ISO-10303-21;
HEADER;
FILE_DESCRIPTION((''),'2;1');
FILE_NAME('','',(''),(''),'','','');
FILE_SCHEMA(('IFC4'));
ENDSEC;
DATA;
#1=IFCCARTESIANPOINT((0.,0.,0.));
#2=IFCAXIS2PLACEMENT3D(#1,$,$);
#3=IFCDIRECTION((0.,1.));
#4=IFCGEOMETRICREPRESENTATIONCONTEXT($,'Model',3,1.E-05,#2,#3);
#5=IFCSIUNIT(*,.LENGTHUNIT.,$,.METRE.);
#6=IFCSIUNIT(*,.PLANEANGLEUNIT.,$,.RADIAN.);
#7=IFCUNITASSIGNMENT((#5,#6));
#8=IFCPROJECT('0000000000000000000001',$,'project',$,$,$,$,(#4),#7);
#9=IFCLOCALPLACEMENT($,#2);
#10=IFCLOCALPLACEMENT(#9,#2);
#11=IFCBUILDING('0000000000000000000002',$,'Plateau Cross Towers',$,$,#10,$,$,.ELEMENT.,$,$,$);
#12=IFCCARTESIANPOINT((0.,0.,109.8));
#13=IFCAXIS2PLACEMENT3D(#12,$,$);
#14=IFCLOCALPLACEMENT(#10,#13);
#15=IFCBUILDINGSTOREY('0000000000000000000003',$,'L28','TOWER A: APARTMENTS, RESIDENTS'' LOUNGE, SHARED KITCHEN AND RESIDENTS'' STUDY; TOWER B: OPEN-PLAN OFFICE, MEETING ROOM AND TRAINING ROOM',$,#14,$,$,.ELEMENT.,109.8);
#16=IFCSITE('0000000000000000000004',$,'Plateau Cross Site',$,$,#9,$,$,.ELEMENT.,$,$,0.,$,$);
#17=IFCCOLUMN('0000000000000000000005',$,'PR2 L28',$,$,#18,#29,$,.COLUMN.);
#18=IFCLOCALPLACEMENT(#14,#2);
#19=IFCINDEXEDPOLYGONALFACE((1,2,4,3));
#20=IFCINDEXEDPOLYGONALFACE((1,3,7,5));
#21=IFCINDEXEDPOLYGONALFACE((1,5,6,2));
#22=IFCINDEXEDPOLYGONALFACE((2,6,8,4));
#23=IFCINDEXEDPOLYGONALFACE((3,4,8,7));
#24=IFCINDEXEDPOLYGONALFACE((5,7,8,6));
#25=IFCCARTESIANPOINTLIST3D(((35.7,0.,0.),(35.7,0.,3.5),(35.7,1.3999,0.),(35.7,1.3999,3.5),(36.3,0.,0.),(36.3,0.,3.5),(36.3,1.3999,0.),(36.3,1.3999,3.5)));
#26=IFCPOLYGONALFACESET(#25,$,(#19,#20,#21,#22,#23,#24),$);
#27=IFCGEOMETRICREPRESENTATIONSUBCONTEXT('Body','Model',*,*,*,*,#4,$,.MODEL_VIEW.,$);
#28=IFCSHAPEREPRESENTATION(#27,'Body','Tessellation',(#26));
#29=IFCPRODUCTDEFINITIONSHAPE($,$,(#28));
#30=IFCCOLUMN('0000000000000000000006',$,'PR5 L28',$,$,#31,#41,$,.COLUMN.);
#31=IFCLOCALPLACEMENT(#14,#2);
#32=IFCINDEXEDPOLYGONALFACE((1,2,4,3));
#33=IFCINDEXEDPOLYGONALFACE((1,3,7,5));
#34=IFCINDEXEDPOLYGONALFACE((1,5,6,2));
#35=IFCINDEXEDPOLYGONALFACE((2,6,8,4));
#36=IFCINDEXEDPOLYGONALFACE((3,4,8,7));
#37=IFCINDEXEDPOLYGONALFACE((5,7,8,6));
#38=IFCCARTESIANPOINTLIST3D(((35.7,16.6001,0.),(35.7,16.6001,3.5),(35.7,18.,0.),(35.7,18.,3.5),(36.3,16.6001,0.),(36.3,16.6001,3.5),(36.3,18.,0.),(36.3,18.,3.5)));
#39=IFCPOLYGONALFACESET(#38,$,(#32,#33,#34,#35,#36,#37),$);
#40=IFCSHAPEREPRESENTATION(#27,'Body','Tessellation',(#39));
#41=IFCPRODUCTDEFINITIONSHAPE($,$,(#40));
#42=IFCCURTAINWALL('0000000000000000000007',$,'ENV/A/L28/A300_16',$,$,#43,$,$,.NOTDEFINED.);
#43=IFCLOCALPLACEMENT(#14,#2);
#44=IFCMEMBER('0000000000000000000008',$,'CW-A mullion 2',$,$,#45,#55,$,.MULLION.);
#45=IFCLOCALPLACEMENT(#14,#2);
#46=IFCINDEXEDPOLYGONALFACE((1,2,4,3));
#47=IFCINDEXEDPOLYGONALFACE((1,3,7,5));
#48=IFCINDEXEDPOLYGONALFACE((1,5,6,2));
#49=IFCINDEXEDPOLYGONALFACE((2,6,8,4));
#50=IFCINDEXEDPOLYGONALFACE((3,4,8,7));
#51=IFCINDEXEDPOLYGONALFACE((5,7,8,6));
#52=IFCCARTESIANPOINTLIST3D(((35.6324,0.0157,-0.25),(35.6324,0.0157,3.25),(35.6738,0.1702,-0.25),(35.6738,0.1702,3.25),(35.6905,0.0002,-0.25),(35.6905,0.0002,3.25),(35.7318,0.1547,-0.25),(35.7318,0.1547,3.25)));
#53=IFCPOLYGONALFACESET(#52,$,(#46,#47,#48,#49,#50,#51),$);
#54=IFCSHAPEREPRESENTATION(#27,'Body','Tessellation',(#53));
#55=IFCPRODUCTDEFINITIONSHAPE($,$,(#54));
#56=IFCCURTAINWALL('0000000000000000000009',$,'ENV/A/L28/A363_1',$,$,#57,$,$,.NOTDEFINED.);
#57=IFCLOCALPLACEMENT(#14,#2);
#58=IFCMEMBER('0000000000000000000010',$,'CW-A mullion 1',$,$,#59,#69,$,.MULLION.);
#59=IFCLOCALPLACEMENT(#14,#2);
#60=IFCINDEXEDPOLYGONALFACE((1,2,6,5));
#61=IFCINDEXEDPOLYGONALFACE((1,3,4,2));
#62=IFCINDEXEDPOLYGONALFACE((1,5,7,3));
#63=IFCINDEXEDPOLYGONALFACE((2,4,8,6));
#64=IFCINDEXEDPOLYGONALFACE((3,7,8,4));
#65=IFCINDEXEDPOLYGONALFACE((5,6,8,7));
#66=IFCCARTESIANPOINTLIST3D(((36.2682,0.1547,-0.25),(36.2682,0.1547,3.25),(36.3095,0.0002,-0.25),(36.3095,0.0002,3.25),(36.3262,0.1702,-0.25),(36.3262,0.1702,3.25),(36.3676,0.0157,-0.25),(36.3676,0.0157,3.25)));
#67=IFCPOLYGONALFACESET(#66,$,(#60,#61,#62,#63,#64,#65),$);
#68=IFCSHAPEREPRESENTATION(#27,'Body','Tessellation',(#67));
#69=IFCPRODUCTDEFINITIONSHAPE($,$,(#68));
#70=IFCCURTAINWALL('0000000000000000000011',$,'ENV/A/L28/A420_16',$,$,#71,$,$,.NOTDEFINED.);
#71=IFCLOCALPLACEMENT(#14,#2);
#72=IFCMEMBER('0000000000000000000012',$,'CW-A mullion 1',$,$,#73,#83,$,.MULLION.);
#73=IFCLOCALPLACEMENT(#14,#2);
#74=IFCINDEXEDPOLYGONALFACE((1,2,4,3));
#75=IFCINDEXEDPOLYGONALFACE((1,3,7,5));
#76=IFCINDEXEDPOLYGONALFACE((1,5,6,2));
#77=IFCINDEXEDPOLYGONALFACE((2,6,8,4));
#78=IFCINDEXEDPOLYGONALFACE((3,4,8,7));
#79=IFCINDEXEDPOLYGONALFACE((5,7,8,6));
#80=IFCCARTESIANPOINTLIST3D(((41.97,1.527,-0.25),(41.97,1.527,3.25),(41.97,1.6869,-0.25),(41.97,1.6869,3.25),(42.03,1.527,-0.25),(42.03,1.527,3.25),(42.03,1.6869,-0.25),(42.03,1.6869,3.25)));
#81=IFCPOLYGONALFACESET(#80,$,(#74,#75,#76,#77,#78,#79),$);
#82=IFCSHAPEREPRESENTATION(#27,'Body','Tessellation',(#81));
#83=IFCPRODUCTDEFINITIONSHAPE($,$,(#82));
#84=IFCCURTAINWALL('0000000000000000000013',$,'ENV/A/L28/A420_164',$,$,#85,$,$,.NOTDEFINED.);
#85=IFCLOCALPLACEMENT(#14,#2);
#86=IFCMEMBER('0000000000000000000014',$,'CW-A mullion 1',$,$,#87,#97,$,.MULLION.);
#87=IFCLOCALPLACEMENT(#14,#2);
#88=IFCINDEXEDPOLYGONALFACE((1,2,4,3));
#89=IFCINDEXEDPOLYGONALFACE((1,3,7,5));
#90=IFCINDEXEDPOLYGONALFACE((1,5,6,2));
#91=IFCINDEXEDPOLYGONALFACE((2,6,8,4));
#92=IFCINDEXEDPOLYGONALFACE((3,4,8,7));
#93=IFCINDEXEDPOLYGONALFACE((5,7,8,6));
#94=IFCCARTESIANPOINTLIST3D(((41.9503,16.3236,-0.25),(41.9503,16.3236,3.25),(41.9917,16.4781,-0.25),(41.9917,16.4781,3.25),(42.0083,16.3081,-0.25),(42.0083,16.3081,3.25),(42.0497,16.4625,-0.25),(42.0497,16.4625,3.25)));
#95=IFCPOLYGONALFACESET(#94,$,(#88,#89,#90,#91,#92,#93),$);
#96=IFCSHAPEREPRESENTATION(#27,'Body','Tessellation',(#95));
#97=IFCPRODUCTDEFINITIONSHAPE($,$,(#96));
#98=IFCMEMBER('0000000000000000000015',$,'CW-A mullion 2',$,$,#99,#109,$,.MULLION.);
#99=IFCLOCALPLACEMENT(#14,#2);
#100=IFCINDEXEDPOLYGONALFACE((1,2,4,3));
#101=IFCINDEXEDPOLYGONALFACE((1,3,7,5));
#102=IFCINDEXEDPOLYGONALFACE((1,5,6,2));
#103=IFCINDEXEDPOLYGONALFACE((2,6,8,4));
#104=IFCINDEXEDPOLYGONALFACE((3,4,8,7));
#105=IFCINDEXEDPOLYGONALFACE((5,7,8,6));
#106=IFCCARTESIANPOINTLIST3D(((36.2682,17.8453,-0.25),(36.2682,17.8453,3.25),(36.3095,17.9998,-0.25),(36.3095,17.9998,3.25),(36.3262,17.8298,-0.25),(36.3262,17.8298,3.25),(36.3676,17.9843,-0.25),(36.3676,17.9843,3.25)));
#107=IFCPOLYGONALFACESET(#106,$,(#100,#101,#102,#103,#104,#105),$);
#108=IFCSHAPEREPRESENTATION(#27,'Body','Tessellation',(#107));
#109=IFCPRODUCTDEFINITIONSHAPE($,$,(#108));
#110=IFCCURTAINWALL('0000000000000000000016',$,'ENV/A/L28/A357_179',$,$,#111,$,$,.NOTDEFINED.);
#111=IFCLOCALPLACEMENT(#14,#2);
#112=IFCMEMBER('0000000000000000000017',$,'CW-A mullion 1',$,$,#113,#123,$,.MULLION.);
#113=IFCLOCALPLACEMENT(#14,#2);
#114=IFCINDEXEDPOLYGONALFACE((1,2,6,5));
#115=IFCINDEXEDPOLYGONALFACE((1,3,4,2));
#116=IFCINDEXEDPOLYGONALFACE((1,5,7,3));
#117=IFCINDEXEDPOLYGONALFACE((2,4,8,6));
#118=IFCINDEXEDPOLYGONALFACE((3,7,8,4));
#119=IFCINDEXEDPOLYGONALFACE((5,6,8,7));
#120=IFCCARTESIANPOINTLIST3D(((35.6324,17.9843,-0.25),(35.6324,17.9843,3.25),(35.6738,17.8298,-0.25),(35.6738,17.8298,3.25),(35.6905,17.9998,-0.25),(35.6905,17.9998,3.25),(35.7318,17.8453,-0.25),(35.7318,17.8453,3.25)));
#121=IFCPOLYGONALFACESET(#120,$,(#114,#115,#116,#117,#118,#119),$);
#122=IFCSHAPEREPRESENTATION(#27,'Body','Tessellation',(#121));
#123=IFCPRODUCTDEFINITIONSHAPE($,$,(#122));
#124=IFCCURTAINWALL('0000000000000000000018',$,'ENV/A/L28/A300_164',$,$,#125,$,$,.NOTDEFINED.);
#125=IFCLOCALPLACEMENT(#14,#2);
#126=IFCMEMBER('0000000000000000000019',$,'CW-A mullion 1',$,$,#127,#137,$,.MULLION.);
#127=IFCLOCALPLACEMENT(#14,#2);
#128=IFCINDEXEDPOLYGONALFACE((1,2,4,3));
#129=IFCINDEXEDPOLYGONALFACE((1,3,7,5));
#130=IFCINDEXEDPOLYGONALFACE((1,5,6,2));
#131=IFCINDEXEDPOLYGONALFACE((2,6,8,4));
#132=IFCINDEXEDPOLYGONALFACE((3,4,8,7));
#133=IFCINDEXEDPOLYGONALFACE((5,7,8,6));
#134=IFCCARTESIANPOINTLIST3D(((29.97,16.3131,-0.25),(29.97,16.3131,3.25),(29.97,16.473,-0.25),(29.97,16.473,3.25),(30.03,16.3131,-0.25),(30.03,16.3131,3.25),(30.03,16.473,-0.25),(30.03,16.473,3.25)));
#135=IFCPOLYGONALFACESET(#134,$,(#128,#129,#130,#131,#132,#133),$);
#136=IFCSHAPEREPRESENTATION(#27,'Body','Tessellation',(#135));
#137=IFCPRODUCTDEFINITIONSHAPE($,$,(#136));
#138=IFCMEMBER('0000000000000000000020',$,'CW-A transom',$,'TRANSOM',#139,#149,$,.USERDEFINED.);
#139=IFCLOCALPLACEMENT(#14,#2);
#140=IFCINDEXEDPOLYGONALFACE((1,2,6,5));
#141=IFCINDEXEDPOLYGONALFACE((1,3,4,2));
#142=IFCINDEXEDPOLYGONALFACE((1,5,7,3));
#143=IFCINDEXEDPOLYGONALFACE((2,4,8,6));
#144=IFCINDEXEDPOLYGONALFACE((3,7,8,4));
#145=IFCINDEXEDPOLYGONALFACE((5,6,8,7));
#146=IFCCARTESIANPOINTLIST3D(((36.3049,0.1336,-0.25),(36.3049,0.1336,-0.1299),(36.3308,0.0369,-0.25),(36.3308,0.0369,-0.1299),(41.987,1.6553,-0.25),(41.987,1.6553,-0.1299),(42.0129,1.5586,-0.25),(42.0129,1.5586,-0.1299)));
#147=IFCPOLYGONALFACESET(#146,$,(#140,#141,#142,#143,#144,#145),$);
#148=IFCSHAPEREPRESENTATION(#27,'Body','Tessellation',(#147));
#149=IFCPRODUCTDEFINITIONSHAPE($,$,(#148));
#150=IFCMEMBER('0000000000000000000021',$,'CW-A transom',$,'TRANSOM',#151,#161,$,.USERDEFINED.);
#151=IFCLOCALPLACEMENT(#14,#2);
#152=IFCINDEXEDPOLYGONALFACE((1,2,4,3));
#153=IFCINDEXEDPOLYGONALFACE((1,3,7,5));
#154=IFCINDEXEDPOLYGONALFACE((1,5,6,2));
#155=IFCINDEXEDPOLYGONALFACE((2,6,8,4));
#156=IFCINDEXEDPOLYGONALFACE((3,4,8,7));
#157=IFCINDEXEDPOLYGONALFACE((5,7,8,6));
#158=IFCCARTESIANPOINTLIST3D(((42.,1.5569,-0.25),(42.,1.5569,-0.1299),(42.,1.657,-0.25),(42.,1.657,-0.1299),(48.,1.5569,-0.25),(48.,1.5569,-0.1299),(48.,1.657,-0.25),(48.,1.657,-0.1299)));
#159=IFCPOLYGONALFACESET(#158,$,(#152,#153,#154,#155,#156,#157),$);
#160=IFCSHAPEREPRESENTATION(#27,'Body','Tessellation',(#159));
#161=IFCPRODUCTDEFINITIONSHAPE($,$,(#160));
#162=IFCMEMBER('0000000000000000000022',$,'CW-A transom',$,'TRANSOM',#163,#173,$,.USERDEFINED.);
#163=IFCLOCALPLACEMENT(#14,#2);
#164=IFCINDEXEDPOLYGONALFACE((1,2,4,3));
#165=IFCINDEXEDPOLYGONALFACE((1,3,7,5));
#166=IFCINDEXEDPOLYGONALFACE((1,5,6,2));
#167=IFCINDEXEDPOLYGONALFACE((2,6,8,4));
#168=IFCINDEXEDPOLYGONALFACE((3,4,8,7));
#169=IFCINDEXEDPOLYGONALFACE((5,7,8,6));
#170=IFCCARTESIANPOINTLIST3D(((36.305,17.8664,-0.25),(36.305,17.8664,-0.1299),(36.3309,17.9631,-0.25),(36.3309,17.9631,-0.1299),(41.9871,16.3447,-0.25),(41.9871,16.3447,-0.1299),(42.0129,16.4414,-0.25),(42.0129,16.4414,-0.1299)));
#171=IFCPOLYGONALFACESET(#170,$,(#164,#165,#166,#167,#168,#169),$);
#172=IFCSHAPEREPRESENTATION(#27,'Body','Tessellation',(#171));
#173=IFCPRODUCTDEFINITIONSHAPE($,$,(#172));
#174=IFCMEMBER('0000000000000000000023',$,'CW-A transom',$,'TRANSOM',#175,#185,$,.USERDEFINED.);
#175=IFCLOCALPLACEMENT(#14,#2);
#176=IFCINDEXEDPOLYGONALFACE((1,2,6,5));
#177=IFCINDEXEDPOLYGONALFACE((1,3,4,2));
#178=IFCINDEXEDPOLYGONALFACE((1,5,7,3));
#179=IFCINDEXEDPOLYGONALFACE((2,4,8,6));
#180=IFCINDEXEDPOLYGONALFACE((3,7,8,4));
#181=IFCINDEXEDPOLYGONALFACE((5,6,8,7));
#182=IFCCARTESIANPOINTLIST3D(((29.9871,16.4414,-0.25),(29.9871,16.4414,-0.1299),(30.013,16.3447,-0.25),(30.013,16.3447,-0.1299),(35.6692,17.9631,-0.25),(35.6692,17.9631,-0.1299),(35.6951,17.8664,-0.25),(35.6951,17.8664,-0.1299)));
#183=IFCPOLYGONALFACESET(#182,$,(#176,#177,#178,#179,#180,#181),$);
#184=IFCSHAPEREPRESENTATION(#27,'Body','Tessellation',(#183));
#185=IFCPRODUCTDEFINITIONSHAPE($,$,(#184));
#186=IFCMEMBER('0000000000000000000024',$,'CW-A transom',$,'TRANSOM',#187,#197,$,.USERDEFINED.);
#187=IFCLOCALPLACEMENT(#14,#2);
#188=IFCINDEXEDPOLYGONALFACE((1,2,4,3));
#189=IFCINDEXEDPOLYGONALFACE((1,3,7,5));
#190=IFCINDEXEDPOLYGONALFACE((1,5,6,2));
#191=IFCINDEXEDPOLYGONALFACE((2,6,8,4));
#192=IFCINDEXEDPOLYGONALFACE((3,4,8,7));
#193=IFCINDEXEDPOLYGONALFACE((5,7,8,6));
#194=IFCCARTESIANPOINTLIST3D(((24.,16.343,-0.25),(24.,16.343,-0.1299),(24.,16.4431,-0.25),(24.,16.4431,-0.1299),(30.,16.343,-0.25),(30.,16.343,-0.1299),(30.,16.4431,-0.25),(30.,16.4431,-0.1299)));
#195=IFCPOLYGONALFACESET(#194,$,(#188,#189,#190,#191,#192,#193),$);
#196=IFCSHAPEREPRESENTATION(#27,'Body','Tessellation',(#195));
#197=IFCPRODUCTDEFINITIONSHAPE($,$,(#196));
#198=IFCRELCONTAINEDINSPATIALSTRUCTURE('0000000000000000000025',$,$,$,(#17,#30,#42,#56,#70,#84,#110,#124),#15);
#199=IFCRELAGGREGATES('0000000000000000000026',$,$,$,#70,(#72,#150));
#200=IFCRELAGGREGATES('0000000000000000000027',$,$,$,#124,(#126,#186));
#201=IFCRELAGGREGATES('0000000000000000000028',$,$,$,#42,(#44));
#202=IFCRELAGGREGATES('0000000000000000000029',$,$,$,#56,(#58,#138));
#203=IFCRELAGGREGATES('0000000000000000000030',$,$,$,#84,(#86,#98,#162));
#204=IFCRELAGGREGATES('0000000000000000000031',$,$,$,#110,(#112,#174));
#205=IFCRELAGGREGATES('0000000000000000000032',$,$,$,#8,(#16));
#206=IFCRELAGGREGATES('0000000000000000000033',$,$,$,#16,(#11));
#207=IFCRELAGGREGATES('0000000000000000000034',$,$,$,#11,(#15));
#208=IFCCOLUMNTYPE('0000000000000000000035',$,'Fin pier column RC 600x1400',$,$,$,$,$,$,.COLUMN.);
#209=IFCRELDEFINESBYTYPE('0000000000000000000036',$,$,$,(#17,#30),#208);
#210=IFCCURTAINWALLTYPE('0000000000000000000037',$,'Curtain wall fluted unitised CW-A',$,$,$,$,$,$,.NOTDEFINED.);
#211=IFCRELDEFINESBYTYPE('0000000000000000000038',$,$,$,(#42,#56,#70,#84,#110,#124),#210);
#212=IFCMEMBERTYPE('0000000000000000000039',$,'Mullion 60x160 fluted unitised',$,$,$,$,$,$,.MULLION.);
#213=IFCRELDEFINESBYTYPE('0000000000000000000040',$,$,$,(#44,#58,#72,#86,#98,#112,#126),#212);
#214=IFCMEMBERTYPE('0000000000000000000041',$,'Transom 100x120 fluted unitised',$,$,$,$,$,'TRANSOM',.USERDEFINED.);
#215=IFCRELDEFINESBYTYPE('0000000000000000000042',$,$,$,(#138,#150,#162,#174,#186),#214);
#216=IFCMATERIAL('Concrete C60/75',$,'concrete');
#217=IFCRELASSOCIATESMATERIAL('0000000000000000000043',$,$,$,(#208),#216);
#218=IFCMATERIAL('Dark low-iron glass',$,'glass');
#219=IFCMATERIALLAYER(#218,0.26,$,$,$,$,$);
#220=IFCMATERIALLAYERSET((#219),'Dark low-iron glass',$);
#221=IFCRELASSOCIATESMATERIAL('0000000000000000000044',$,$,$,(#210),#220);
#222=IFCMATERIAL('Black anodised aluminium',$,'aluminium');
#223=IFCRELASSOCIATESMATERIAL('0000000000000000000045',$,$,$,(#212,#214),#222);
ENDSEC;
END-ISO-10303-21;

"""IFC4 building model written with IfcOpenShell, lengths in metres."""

from ifc_helpers import new_model, si_unit, direction, frame, origin, origin_2d, place, context, subcontext, project, spatial, rectangle, extrude, material, layer, layer_set, material_profile, profile_set, type_object, element, aggregate, save


model = new_model("IFC4")

# Units and contexts
model_context = context("Model", 3, precision=1e-05, world=origin(), true_north=direction((0.0, 1.0)))
body_context = subcontext(model_context, "Body", "Model", "MODEL_VIEW")
ifc_project = project(units=[si_unit("LENGTHUNIT", "METRE"), si_unit("PLANEANGLEUNIT", "RADIAN")], contexts=[model_context])

# Site, building, storey
site_placement = place(None, origin())
site = spatial("IfcSite", under=ifc_project, at=site_placement, Name="Plateau Cross Site", CompositionType="ELEMENT", RefElevation=0.0)
building_placement = place(site_placement, origin())
building = spatial("IfcBuilding", under=site, at=building_placement, Name="Plateau Cross Towers", CompositionType="ELEMENT")
storey_placement = place(building_placement, frame((0.0, 0.0, 109.8)))
storey = spatial("IfcBuildingStorey", under=building, at=storey_placement, Name="L28", Description="TOWER A: APARTMENTS, RESIDENTS' LOUNGE, SHARED KITCHEN AND RESIDENTS' STUDY; TOWER B: OPEN-PLAN OFFICE, MEETING ROOM AND TRAINING ROOM", CompositionType="ELEMENT", Elevation=109.8)

# Columns
ifc_material_1 = material(Name="Concrete C60/75", Category="concrete")
ifc_material_profile_1 = material_profile(ifc_material_1, rectangle(XDim=0.6001, YDim=1.3999, at=origin_2d()), Name="RC 600x1400")
ifc_profile_set_1 = profile_set([ifc_material_profile_1], Name="Concrete C60/75")
column_type = type_object("IfcColumnType", Name="Fin pier column RC 600x1400", PredefinedType="COLUMN", material=ifc_profile_set_1)
for number, where, z_axis, x_axis, name in (
    (1, (36.0, 0.7, 0.0), (0.0, 0.0, 1.0), (1.0, 0.0, 0.0), "PR2 L28"),
    (2, (36.0, 17.3, 0.0), (0.0, 0.0, 1.0), (1.0, 0.0, 0.0), "PR5 L28"),
):
    element("IfcColumn", number, at=place(storey_placement, frame(where, z_axis=z_axis, x_axis=x_axis)), inside=storey, type_object=column_type, Name=name, PredefinedType="COLUMN", context=body_context, shape_type="SweptSolid", body=[
        extrude(rectangle(XDim=0.6001, YDim=1.3999, at=origin_2d()), origin(), (0.0, 0.0, 1.0), 3.5),
    ])

# Curtain walls, members
ifc_material_2 = material(Name="Dark low-iron glass", Category="glass")
ifc_layer_1 = layer(ifc_material_2, 0.26)
ifc_layer_set_1 = layer_set([ifc_layer_1], Name="Dark low-iron glass")
curtain_wall_type = type_object("IfcCurtainWallType", Name="Curtain wall fluted unitised CW-A", PredefinedType="NOTDEFINED", material=ifc_layer_set_1)
curtain_wall_1_placement = place(storey_placement, origin())
curtain_wall_1 = element("IfcCurtainWall", 3, at=curtain_wall_1_placement, inside=storey, type_object=curtain_wall_type, Name="ENV/A/L28/A300_16", PredefinedType="NOTDEFINED")
ifc_material_3 = material(Name="Black anodised aluminium", Category="aluminium")
ifc_material_profile_2 = material_profile(ifc_material_3, rectangle(XDim=0.0601, YDim=0.1599, at=origin_2d()), Name="MULLION 60x160")
ifc_profile_set_2 = profile_set([ifc_material_profile_2], Name="Black anodised aluminium")
member_type_1 = type_object("IfcMemberType", Name="Mullion 60x160 fluted unitised", PredefinedType="MULLION", material=ifc_profile_set_2)
member_1_placement = place(storey_placement, frame((35.6821, 0.0852, -0.25), z_axis=(0.0, 0.0, 1.0), x_axis=(0.965958, -0.258699, 0.0)))
member_1 = element("IfcMember", 4, at=member_1_placement, type_object=member_type_1, Name="CW-A mullion 2", PredefinedType="MULLION", context=body_context, shape_type="SweptSolid", body=[
    extrude(rectangle(XDim=0.0601, YDim=0.1599, at=origin_2d()), origin(), (0.0, 0.0, 1.0), 3.5),
])
curtain_wall_2_placement = place(storey_placement, origin())
curtain_wall_2 = element("IfcCurtainWall", 5, at=curtain_wall_2_placement, inside=storey, type_object=curtain_wall_type, Name="ENV/A/L28/A363_1", PredefinedType="NOTDEFINED")
member_2_placement = place(storey_placement, frame((36.3179, 0.0852, -0.25), z_axis=(0.0, 0.0, 1.0), x_axis=(0.965958, 0.258699, 0.0)))
member_2 = element("IfcMember", 6, at=member_2_placement, type_object=member_type_1, Name="CW-A mullion 1", PredefinedType="MULLION", context=body_context, shape_type="SweptSolid", body=[
    extrude(rectangle(XDim=0.0601, YDim=0.1599, at=origin_2d()), origin(), (0.0, 0.0, 1.0), 3.5),
])
curtain_wall_3_placement = place(storey_placement, origin())
curtain_wall_3 = element("IfcCurtainWall", 7, at=curtain_wall_3_placement, inside=storey, type_object=curtain_wall_type, Name="ENV/A/L28/A420_16", PredefinedType="NOTDEFINED")
member_3_placement = place(storey_placement, frame((42.0, 1.6069, -0.25), z_axis=(0.0, 0.0, 1.0), x_axis=(1.0, 0.0, 0.0)))
member_3 = element("IfcMember", 8, at=member_3_placement, type_object=member_type_1, Name="CW-A mullion 1", PredefinedType="MULLION", context=body_context, shape_type="SweptSolid", body=[
    extrude(rectangle(XDim=0.0601, YDim=0.1599, at=origin_2d()), origin(), (0.0, 0.0, 1.0), 3.5),
])

# Curtain wall, members
curtain_wall_4_placement = place(storey_placement, origin())
curtain_wall_4 = element("IfcCurtainWall", 9, at=curtain_wall_4_placement, inside=storey, type_object=curtain_wall_type, Name="ENV/A/L28/A420_164", PredefinedType="NOTDEFINED")
member_4_placement = place(storey_placement, frame((42.0, 16.3931, -0.25), z_axis=(0.0, 0.0, 1.0), x_axis=(-0.965958, 0.258699, 0.0)))
member_4 = element("IfcMember", 10, at=member_4_placement, type_object=member_type_1, Name="CW-A mullion 1", PredefinedType="MULLION", context=body_context, shape_type="SweptSolid", body=[
    extrude(rectangle(XDim=0.0601, YDim=0.1599, at=origin_2d()), origin(), (0.0, 0.0, 1.0), 3.5),
])
member_5_placement = place(storey_placement, frame((36.3179, 17.9148, -0.25), z_axis=(0.0, 0.0, 1.0), x_axis=(-0.965958, 0.258699, 0.0)))
member_5 = element("IfcMember", 11, at=member_5_placement, type_object=member_type_1, Name="CW-A mullion 2", PredefinedType="MULLION", context=body_context, shape_type="SweptSolid", body=[
    extrude(rectangle(XDim=0.0601, YDim=0.1599, at=origin_2d()), origin(), (0.0, 0.0, 1.0), 3.5),
])

# Curtain walls, members
curtain_wall_5_placement = place(storey_placement, origin())
curtain_wall_5 = element("IfcCurtainWall", 12, at=curtain_wall_5_placement, inside=storey, type_object=curtain_wall_type, Name="ENV/A/L28/A357_179", PredefinedType="NOTDEFINED")
member_6_placement = place(storey_placement, frame((35.6821, 17.9148, -0.25), z_axis=(0.0, 0.0, 1.0), x_axis=(-0.965958, -0.258699, 0.0)))
member_6 = element("IfcMember", 13, at=member_6_placement, type_object=member_type_1, Name="CW-A mullion 1", PredefinedType="MULLION", context=body_context, shape_type="SweptSolid", body=[
    extrude(rectangle(XDim=0.0601, YDim=0.1599, at=origin_2d()), origin(), (0.0, 0.0, 1.0), 3.5),
])
curtain_wall_6_placement = place(storey_placement, origin())
curtain_wall_6 = element("IfcCurtainWall", 14, at=curtain_wall_6_placement, inside=storey, type_object=curtain_wall_type, Name="ENV/A/L28/A300_164", PredefinedType="NOTDEFINED")
member_7_placement = place(storey_placement, frame((30.0, 16.3931, -0.25), z_axis=(0.0, 0.0, 1.0), x_axis=(-1.0, 0.0, 0.0)))
member_7 = element("IfcMember", 15, at=member_7_placement, type_object=member_type_1, Name="CW-A mullion 1", PredefinedType="MULLION", context=body_context, shape_type="SweptSolid", body=[
    extrude(rectangle(XDim=0.0601, YDim=0.1599, at=origin_2d()), origin(), (0.0, 0.0, 1.0), 3.5),
])

# Members
ifc_material_profile_3 = material_profile(ifc_material_3, rectangle(XDim=0.1001, YDim=0.1201, at=origin_2d()), Name="TRANSOM 100x120")
ifc_profile_set_3 = profile_set([ifc_material_profile_3], Name="Black anodised aluminium")
member_type_2 = type_object("IfcMemberType", Name="Transom 100x120 fluted unitised", ElementType="TRANSOM", PredefinedType="USERDEFINED", material=ifc_profile_set_3)
member_8_placement = place(storey_placement, frame((36.3179, 0.0852, -0.1899), z_axis=(0.96596, 0.258693, 0.0), x_axis=(-0.258693, 0.96596, 0.0)))
member_8 = element("IfcMember", 16, at=member_8_placement, type_object=member_type_2, Name="CW-A transom", ObjectType="TRANSOM", PredefinedType="USERDEFINED", context=body_context, shape_type="SweptSolid", body=[
    extrude(rectangle(XDim=0.1001, YDim=0.1201, at=origin_2d()), origin(), (0.0, 0.0, 1.0), 5.8823),
])
member_9_placement = place(storey_placement, frame((42.0, 1.6069, -0.1899), z_axis=(1.0, 0.0, 0.0), x_axis=(0.0, 1.0, 0.0)))
member_9 = element("IfcMember", 17, at=member_9_placement, type_object=member_type_2, Name="CW-A transom", ObjectType="TRANSOM", PredefinedType="USERDEFINED", context=body_context, shape_type="SweptSolid", body=[
    extrude(rectangle(XDim=0.1001, YDim=0.1201, at=origin_2d()), origin(), (0.0, 0.0, 1.0), 6.0),
])
aggregate(curtain_wall_3, [member_3, member_9])
member_10_placement = place(storey_placement, frame((42.0, 16.3931, -0.1899), z_axis=(-0.96596, 0.258693, 0.0), x_axis=(-0.258693, -0.96596, 0.0)))
member_10 = element("IfcMember", 18, at=member_10_placement, type_object=member_type_2, Name="CW-A transom", ObjectType="TRANSOM", PredefinedType="USERDEFINED", context=body_context, shape_type="SweptSolid", body=[
    extrude(rectangle(XDim=0.1001, YDim=0.1201, at=origin_2d()), origin(), (0.0, 0.0, 1.0), 5.8823),
])
member_11_placement = place(storey_placement, frame((35.6821, 17.9148, -0.1899), z_axis=(-0.96596, -0.258693, 0.0), x_axis=(0.258693, -0.96596, 0.0)))
member_11 = element("IfcMember", 19, at=member_11_placement, type_object=member_type_2, Name="CW-A transom", ObjectType="TRANSOM", PredefinedType="USERDEFINED", context=body_context, shape_type="SweptSolid", body=[
    extrude(rectangle(XDim=0.1001, YDim=0.1201, at=origin_2d()), origin(), (0.0, 0.0, 1.0), 5.8823),
])
member_12_placement = place(storey_placement, frame((30.0, 16.3931, -0.1899), z_axis=(-1.0, 0.0, 0.0), x_axis=(0.0, -1.0, 0.0)))
member_12 = element("IfcMember", 20, at=member_12_placement, type_object=member_type_2, Name="CW-A transom", ObjectType="TRANSOM", PredefinedType="USERDEFINED", context=body_context, shape_type="SweptSolid", body=[
    extrude(rectangle(XDim=0.1001, YDim=0.1201, at=origin_2d()), origin(), (0.0, 0.0, 1.0), 6.0),
])
aggregate(curtain_wall_6, [member_7, member_12])

aggregate(curtain_wall_1, [member_1])
aggregate(curtain_wall_2, [member_2, member_8])
aggregate(curtain_wall_4, [member_4, member_5, member_10])
aggregate(curtain_wall_5, [member_6, member_11])

save(model, "model.ifc")
